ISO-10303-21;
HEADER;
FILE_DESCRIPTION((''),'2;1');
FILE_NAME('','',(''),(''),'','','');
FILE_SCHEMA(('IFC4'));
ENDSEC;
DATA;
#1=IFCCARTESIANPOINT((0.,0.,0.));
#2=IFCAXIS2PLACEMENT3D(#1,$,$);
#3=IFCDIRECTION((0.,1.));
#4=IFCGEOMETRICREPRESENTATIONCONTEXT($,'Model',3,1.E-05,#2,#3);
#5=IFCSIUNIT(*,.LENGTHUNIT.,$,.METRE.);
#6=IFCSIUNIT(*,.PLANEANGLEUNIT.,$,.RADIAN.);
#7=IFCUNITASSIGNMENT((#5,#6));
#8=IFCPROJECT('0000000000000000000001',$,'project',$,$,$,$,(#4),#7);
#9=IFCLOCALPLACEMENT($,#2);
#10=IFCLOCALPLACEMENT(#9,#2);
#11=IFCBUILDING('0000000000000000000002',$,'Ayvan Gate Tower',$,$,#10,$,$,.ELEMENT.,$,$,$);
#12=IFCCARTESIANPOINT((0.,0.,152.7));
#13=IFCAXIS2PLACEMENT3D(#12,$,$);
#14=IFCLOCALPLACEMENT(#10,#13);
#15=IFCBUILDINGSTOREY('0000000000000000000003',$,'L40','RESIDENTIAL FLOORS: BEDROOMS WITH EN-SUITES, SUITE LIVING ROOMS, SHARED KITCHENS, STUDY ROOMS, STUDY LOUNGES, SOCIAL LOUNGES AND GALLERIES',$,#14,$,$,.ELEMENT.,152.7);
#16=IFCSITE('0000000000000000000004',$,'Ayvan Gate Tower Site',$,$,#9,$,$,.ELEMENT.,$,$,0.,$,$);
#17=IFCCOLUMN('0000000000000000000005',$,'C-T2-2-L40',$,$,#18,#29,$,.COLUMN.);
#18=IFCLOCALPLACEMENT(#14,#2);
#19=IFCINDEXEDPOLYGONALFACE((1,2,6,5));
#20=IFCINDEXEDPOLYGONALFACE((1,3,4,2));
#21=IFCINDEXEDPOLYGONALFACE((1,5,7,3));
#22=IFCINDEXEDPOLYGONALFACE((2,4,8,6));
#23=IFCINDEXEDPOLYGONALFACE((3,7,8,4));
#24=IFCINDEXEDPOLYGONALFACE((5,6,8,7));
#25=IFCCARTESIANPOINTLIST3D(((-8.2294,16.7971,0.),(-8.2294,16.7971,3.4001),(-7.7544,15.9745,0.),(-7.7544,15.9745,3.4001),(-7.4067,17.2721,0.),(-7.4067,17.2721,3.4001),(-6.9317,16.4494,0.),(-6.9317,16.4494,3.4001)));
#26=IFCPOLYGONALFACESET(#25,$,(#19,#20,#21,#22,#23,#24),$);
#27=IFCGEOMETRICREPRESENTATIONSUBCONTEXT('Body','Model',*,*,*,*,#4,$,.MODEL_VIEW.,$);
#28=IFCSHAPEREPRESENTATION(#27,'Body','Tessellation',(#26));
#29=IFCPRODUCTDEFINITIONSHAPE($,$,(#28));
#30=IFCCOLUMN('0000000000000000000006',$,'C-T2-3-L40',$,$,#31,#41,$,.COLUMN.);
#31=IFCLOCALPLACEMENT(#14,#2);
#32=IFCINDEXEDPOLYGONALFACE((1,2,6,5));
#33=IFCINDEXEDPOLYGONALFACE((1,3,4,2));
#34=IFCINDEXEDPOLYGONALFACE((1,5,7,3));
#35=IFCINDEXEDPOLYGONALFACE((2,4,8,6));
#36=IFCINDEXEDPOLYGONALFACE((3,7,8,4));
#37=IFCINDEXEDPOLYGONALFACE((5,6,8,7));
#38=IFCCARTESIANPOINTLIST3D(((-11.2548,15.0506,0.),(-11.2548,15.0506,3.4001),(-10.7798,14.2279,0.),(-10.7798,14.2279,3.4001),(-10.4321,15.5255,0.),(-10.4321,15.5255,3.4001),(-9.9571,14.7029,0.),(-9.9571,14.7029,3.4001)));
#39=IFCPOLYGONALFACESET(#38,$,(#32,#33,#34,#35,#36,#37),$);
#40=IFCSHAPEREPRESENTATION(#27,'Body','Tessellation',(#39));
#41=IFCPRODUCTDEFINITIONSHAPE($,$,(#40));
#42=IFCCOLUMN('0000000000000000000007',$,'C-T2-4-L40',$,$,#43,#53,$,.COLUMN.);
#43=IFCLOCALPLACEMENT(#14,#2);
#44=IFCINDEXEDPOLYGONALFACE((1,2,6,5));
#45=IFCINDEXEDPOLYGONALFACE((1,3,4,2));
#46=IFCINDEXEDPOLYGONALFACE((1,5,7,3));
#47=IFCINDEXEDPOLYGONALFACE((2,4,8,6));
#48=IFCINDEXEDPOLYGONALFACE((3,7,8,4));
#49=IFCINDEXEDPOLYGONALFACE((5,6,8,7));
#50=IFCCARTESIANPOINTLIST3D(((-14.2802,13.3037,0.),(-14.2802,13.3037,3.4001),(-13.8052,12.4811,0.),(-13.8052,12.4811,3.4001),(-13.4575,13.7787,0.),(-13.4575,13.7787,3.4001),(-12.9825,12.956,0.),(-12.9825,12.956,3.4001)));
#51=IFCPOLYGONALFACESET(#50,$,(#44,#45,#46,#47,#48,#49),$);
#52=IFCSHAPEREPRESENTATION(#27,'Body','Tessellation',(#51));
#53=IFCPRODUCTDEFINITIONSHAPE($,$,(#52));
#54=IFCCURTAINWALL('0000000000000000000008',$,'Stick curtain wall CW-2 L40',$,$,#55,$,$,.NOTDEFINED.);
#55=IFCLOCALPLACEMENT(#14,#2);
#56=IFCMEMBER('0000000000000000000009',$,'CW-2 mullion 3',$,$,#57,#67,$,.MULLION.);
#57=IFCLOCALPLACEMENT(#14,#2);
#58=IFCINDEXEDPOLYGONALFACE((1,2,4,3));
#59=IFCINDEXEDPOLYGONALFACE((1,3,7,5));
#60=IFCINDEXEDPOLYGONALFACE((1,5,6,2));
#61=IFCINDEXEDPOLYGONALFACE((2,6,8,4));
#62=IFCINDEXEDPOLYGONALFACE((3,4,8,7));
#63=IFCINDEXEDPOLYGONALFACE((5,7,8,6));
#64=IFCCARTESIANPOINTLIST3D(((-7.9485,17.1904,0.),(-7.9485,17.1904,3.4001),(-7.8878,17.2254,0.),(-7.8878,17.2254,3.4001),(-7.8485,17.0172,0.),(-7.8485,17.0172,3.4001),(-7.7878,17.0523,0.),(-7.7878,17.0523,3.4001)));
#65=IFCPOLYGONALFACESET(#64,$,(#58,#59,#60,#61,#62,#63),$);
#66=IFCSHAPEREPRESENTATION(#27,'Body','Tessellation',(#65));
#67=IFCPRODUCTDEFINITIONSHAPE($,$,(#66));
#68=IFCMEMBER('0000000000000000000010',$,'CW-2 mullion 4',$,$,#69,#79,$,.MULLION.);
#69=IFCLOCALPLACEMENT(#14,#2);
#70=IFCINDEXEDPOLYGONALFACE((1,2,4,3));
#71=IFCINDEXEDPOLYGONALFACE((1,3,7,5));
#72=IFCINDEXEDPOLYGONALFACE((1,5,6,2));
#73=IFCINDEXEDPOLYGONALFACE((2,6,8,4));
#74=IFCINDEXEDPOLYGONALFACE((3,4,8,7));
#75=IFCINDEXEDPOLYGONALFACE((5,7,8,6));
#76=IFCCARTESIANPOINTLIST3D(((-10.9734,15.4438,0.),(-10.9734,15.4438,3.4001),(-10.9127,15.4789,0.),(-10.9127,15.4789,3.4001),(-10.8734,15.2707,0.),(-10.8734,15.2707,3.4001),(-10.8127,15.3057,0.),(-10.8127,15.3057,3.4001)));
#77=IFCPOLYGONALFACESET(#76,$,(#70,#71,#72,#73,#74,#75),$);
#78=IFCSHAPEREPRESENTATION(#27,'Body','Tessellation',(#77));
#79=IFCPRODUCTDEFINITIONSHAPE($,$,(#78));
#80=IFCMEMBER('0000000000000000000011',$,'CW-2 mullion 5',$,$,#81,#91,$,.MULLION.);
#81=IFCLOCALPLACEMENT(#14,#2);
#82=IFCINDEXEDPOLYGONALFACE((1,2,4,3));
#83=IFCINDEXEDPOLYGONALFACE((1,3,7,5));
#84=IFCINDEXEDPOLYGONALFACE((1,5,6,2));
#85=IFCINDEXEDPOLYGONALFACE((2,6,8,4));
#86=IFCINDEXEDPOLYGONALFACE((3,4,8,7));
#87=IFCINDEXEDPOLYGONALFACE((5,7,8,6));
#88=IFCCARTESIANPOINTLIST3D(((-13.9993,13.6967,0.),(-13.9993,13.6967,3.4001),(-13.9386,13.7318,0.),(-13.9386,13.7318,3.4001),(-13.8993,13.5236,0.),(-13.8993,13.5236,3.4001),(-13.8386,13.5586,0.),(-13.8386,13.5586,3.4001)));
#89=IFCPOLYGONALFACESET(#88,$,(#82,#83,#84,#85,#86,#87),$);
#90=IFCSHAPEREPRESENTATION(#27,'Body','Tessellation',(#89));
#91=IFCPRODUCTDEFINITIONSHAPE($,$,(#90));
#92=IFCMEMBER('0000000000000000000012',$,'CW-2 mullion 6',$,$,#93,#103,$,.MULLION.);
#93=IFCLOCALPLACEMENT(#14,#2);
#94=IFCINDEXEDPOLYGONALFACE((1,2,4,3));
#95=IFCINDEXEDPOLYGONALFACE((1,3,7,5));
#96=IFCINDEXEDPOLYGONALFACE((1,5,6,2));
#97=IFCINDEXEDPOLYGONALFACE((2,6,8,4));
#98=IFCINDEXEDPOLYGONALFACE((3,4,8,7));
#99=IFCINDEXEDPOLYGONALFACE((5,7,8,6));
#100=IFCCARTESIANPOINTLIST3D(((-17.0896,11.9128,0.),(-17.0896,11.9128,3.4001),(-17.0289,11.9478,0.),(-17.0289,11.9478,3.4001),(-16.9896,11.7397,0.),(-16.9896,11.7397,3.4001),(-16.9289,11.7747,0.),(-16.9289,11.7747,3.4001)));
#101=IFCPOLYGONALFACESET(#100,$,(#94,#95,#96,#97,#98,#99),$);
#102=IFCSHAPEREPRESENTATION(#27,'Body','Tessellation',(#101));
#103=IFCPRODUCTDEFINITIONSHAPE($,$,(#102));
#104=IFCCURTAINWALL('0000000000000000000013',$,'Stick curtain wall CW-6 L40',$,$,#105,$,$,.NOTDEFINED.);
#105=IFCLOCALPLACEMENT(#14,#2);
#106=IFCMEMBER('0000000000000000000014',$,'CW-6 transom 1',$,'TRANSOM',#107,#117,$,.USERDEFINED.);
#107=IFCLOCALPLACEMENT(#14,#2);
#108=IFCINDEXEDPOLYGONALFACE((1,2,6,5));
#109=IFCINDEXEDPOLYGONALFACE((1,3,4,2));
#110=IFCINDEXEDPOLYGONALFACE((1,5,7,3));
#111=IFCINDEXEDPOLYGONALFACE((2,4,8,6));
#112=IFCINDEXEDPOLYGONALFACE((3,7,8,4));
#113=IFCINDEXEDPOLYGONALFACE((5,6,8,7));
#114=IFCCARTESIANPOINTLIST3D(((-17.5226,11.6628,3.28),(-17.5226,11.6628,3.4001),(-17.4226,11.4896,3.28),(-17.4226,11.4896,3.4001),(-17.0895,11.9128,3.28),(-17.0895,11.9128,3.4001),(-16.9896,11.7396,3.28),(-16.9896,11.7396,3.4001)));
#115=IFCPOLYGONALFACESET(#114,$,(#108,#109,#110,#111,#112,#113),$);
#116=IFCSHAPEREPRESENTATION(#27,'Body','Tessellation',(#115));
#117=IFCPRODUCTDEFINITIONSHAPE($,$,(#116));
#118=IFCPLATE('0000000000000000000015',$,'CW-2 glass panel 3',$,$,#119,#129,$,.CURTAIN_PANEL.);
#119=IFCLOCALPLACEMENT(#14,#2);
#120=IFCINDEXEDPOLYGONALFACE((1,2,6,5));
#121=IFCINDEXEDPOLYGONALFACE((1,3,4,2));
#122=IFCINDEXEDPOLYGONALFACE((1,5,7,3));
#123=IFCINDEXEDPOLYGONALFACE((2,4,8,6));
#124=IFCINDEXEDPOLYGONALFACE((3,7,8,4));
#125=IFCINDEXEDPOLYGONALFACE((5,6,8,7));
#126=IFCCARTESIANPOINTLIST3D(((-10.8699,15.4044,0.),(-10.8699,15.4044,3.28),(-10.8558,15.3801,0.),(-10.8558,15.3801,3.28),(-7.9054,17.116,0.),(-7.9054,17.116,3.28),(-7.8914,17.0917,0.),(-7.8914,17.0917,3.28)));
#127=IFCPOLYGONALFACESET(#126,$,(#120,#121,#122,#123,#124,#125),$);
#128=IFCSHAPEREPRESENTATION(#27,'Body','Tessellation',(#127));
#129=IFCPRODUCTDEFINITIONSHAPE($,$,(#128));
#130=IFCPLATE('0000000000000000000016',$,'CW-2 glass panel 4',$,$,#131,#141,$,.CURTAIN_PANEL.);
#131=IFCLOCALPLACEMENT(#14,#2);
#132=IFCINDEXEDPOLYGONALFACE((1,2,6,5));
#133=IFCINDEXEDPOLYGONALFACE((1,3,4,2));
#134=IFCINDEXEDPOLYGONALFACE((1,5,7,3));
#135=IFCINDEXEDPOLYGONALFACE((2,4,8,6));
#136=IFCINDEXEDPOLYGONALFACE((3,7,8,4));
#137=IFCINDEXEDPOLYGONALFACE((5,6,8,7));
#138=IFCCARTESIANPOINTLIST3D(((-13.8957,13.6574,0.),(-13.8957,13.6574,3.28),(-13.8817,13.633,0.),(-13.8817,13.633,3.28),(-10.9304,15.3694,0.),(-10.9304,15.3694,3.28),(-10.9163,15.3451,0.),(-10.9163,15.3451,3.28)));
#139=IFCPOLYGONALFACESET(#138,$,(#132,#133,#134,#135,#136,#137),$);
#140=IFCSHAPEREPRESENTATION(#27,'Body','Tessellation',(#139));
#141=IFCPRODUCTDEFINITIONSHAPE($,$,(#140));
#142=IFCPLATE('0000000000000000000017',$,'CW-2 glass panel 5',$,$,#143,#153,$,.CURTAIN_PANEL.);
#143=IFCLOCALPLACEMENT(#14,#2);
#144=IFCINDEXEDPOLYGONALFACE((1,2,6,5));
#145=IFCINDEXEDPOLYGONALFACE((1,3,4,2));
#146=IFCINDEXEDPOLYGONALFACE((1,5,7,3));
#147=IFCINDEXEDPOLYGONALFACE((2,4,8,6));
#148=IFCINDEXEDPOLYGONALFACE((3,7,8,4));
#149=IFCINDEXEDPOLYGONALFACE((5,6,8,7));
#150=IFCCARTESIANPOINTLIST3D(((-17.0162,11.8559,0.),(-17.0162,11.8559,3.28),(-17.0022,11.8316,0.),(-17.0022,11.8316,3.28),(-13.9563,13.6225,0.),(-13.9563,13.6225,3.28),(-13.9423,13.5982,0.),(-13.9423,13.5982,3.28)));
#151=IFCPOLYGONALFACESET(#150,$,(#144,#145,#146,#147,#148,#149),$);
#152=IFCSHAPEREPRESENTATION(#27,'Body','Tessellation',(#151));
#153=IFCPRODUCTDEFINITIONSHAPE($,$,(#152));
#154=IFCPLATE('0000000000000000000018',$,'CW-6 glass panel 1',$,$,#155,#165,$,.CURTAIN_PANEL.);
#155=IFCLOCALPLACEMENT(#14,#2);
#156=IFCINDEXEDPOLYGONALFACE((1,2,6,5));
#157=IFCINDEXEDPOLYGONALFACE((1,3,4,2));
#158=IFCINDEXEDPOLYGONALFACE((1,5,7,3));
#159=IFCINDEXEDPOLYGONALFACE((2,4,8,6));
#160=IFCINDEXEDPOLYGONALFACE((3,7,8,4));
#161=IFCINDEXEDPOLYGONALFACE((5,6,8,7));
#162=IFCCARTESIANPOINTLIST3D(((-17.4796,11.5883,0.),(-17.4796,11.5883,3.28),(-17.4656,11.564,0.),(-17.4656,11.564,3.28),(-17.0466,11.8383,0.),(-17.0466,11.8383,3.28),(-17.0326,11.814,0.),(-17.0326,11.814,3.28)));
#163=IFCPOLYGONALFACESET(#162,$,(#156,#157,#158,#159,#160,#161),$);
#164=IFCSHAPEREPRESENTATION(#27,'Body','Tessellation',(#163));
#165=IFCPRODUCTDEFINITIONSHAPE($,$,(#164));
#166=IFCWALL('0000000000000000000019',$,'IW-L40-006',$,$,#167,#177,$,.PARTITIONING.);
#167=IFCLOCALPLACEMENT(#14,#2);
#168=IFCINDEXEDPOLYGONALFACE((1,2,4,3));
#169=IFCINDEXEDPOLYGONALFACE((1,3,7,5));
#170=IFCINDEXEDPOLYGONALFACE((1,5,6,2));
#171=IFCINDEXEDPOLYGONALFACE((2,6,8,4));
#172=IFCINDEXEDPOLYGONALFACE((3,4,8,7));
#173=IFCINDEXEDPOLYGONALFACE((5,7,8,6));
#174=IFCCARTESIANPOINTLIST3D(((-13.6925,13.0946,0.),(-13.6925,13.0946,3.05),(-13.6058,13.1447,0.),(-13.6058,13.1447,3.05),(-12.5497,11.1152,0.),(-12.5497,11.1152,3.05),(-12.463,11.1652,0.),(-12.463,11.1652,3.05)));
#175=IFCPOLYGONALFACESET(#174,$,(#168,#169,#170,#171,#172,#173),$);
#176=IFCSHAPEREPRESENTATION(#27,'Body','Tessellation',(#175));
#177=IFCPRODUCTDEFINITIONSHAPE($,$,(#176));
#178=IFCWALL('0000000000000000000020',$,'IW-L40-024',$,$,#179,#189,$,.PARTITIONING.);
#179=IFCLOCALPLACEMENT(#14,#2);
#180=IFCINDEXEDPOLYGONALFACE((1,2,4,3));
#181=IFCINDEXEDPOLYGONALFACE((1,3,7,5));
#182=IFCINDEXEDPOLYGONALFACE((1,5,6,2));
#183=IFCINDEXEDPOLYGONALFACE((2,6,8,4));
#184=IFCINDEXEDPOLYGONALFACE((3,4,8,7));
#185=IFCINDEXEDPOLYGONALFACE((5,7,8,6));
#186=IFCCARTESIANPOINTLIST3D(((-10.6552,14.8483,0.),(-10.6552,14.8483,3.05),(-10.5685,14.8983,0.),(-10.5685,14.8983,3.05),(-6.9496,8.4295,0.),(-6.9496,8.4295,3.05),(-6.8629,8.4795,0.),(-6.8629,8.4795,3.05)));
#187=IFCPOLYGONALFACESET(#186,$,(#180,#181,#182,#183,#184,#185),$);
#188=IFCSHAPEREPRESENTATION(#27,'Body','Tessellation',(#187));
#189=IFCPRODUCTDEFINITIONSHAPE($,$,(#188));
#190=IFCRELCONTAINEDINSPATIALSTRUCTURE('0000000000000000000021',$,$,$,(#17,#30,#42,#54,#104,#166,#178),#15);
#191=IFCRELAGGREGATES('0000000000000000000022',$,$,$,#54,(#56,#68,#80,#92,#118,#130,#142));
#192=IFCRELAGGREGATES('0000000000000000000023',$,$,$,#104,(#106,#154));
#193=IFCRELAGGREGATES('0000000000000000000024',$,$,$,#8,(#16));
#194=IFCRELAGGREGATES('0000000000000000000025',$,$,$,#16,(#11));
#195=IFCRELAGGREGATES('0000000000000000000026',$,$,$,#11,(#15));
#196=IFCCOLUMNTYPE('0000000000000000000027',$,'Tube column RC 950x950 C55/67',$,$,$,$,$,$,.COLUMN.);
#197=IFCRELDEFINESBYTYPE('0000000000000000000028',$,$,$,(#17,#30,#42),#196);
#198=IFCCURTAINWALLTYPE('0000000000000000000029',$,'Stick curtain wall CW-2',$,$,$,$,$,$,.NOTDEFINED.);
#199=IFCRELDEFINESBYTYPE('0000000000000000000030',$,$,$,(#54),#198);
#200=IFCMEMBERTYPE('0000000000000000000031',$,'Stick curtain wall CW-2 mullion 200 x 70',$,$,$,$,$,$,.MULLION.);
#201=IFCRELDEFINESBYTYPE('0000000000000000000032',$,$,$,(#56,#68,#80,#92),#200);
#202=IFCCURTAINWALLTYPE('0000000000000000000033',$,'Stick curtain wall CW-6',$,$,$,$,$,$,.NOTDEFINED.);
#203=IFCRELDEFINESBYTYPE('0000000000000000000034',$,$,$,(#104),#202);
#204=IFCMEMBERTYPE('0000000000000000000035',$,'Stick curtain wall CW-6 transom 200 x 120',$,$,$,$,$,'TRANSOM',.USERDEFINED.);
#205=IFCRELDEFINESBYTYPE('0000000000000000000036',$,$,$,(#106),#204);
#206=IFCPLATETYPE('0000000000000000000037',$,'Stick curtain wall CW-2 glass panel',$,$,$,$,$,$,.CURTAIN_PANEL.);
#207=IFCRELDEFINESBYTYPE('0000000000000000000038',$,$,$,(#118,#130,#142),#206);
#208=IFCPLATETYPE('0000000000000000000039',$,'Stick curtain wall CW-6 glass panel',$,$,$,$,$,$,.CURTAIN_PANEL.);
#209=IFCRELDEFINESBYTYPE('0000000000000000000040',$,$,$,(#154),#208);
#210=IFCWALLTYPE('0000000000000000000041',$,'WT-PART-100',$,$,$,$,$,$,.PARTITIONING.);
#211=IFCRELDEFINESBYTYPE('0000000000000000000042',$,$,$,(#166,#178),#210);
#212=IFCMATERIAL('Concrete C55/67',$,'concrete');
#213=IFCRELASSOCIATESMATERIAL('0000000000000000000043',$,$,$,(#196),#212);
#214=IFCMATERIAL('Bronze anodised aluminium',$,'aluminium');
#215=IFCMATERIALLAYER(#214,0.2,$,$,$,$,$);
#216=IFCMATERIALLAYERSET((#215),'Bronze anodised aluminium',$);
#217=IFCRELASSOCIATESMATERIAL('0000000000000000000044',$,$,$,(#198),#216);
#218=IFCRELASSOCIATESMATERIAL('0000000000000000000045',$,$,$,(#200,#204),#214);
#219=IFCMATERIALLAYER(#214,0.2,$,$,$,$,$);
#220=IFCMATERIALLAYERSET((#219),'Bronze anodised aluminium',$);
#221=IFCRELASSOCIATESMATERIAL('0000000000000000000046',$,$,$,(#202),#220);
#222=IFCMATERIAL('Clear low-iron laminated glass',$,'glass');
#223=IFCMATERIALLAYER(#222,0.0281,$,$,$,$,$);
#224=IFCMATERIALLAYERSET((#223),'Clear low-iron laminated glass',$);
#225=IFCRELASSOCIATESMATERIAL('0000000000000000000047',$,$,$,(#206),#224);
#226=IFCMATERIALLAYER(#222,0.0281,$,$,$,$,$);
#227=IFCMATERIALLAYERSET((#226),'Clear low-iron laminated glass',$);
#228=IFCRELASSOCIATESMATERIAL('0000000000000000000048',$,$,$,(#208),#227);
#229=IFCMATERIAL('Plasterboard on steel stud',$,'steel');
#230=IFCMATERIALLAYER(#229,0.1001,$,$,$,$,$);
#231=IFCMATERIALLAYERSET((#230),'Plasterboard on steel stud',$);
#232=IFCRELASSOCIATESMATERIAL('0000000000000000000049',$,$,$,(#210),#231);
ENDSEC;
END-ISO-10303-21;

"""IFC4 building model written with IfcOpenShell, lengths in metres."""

from ifc_helpers import new_model, si_unit, direction, frame, frame_2d, origin, origin_2d, place, context, subcontext, project, spatial, rectangle, extrude, material, layer, layer_set, material_profile, profile_set, type_object, element, aggregate, save


model = new_model("IFC4")

# Units and contexts
model_context = context("Model", 3, precision=1e-05, world=origin(), true_north=direction((0.0, 1.0)))
body_context = subcontext(model_context, "Body", "Model", "MODEL_VIEW")
ifc_project = project(units=[si_unit("LENGTHUNIT", "METRE"), si_unit("PLANEANGLEUNIT", "RADIAN")], contexts=[model_context])

# Site, building, storey
site_placement = place(None, origin())
site = spatial("IfcSite", under=ifc_project, at=site_placement, Name="Ayvan Gate Tower Site", CompositionType="ELEMENT", RefElevation=0.0)
building_placement = place(site_placement, origin())
building = spatial("IfcBuilding", under=site, at=building_placement, Name="Ayvan Gate Tower", CompositionType="ELEMENT")
storey_placement = place(building_placement, frame((0.0, 0.0, 152.7)))
storey = spatial("IfcBuildingStorey", under=building, at=storey_placement, Name="L40", Description="RESIDENTIAL FLOORS: BEDROOMS WITH EN-SUITES, SUITE LIVING ROOMS, SHARED KITCHENS, STUDY ROOMS, STUDY LOUNGES, SOCIAL LOUNGES AND GALLERIES", CompositionType="ELEMENT", Elevation=152.7)

# Columns
ifc_material_1 = material(Name="Concrete C55/67", Category="concrete")
ifc_material_profile_1 = material_profile(ifc_material_1, rectangle(XDim=0.95, YDim=0.95, at=origin_2d()), Name="RC 950x950")
ifc_profile_set_1 = profile_set([ifc_material_profile_1], Name="Concrete C55/67")
column_type = type_object("IfcColumnType", Name="Tube column RC 950x950 C55/67", PredefinedType="COLUMN", material=ifc_profile_set_1)
for number, where, z_axis, x_axis, name in (
    (1, (-7.5806, 16.6233, 0.0), (0.0, 0.0, 1.0), (-0.5, 0.866025, 0.0), "C-T2-2-L40"),
    (2, (-10.606, 14.8767, 0.0), (0.0, 0.0, 1.0), (-0.5, 0.866025, 0.0), "C-T2-3-L40"),
    (3, (-13.6313, 13.1299, 0.0), (0.0, 0.0, 1.0), (-0.5, 0.866025, 0.0), "C-T2-4-L40"),
):
    element("IfcColumn", number, at=place(storey_placement, frame(where, z_axis=z_axis, x_axis=x_axis)), inside=storey, type_object=column_type, Name=name, PredefinedType="COLUMN", context=body_context, shape_type="SweptSolid", body=[
        extrude(rectangle(XDim=0.95, YDim=0.95, at=origin_2d()), origin(), (0.0, 0.0, 1.0), 3.4001),
    ])

# Curtain wall, members
ifc_material_2 = material(Name="Bronze anodised aluminium", Category="aluminium")
ifc_layer_1 = layer(ifc_material_2, 0.2)
ifc_layer_set_1 = layer_set([ifc_layer_1], Name="Bronze anodised aluminium")
curtain_wall_type_1 = type_object("IfcCurtainWallType", Name="Stick curtain wall CW-2", PredefinedType="NOTDEFINED", material=ifc_layer_set_1)
curtain_wall_1_placement = place(storey_placement, origin())
curtain_wall_1 = element("IfcCurtainWall", 4, at=curtain_wall_1_placement, inside=storey, type_object=curtain_wall_type_1, Name="Stick curtain wall CW-2 L40", PredefinedType="NOTDEFINED")
ifc_material_profile_2 = material_profile(ifc_material_2, rectangle(XDim=0.2, YDim=0.0701, at=origin_2d()), Name="Stick curtain wall CW-2 mullion 200 x 70")
ifc_profile_set_2 = profile_set([ifc_material_profile_2], Name="Bronze anodised aluminium")
member_type_1 = type_object("IfcMemberType", Name="Stick curtain wall CW-2 mullion 200 x 70", PredefinedType="MULLION", material=ifc_profile_set_2)
member_1_placement = place(storey_placement, frame((-7.8682, 17.1213, 0.0), z_axis=(0.0, 0.0, 1.0), x_axis=(-0.5, 0.866025, 0.0)))
member_1 = element("IfcMember", 5, at=member_1_placement, type_object=member_type_1, Name="CW-2 mullion 3", PredefinedType="MULLION", context=body_context, shape_type="SweptSolid", body=[
    extrude(rectangle(XDim=0.2, YDim=0.0701, at=origin_2d()), origin(), (0.0, 0.0, 1.0), 3.4001),
])
member_2_placement = place(storey_placement, frame((-10.8931, 15.3748, 0.0), z_axis=(0.0, 0.0, 1.0), x_axis=(-0.5, 0.866025, 0.0)))
member_2 = element("IfcMember", 6, at=member_2_placement, type_object=member_type_1, Name="CW-2 mullion 4", PredefinedType="MULLION", context=body_context, shape_type="SweptSolid", body=[
    extrude(rectangle(XDim=0.2, YDim=0.0701, at=origin_2d()), origin(), (0.0, 0.0, 1.0), 3.4001),
])
member_3_placement = place(storey_placement, frame((-13.9189, 13.6277, 0.0), z_axis=(0.0, 0.0, 1.0), x_axis=(-0.5, 0.866025, 0.0)))
member_3 = element("IfcMember", 7, at=member_3_placement, type_object=member_type_1, Name="CW-2 mullion 5", PredefinedType="MULLION", context=body_context, shape_type="SweptSolid", body=[
    extrude(rectangle(XDim=0.2, YDim=0.0701, at=origin_2d()), origin(), (0.0, 0.0, 1.0), 3.4001),
])
member_4_placement = place(storey_placement, frame((-17.0093, 11.8438, 0.0), z_axis=(0.0, 0.0, 1.0), x_axis=(-0.5, 0.866025, 0.0)))
member_4 = element("IfcMember", 8, at=member_4_placement, type_object=member_type_1, Name="CW-2 mullion 6", PredefinedType="MULLION", context=body_context, shape_type="SweptSolid", body=[
    extrude(rectangle(XDim=0.2, YDim=0.0701, at=origin_2d()), origin(), (0.0, 0.0, 1.0), 3.4001),
])

# Curtain wall, member
ifc_layer_2 = layer(ifc_material_2, 0.2)
ifc_layer_set_2 = layer_set([ifc_layer_2], Name="Bronze anodised aluminium")
curtain_wall_type_2 = type_object("IfcCurtainWallType", Name="Stick curtain wall CW-6", PredefinedType="NOTDEFINED", material=ifc_layer_set_2)
curtain_wall_2_placement = place(storey_placement, origin())
curtain_wall_2 = element("IfcCurtainWall", 9, at=curtain_wall_2_placement, inside=storey, type_object=curtain_wall_type_2, Name="Stick curtain wall CW-6 L40", PredefinedType="NOTDEFINED")
ifc_material_profile_3 = material_profile(ifc_material_2, rectangle(XDim=0.2, YDim=0.1201, at=origin_2d()), Name="Stick curtain wall CW-6 transom 200 x 120")
ifc_profile_set_3 = profile_set([ifc_material_profile_3], Name="Bronze anodised aluminium")
member_type_2 = type_object("IfcMemberType", Name="Stick curtain wall CW-6 transom 200 x 120", ElementType="TRANSOM", PredefinedType="USERDEFINED", material=ifc_profile_set_3)
member_5_placement = place(storey_placement, frame((-17.0396, 11.8262, 3.3401), z_axis=(-0.866072, -0.49992, 0.0), x_axis=(0.49992, -0.866072, 0.0)))
member_5 = element("IfcMember", 10, at=member_5_placement, type_object=member_type_2, Name="CW-6 transom 1", ObjectType="TRANSOM", PredefinedType="USERDEFINED", context=body_context, shape_type="SweptSolid", body=[
    extrude(rectangle(XDim=0.2, YDim=0.1201, at=origin_2d()), origin(), (0.0, 0.0, 1.0), 0.5),
])

# Plates
ifc_material_3 = material(Name="Clear low-iron laminated glass", Category="glass")
ifc_layer_3 = layer(ifc_material_3, 0.0281)
ifc_layer_set_3 = layer_set([ifc_layer_3], Name="Clear low-iron laminated glass")
plate_type_1 = type_object("IfcPlateType", Name="Stick curtain wall CW-2 glass panel", PredefinedType="CURTAIN_PANEL", material=ifc_layer_set_3)
plate_1_placement = place(storey_placement, frame((-9.3806, 16.248, 0.0), z_axis=(0.0, 0.0, 1.0), x_axis=(-0.866025, -0.5, 0.0)))
plate_1 = element("IfcPlate", 11, at=plate_1_placement, type_object=plate_type_1, Name="CW-2 glass panel 3", PredefinedType="CURTAIN_PANEL", context=body_context, shape_type="SweptSolid", body=[
    extrude(rectangle(XDim=3.4231, YDim=0.0281, at=origin_2d()), origin(), (0.0, 0.0, 1.0), 3.28),
])
plate_2_placement = place(storey_placement, frame((-12.406, 14.5012, 0.0), z_axis=(0.0, 0.0, 1.0), x_axis=(-0.866025, -0.5, 0.0)))
plate_2 = element("IfcPlate", 12, at=plate_2_placement, type_object=plate_type_1, Name="CW-2 glass panel 4", PredefinedType="CURTAIN_PANEL", context=body_context, shape_type="SweptSolid", body=[
    extrude(rectangle(XDim=3.4241, YDim=0.0281, at=origin_2d()), origin(), (0.0, 0.0, 1.0), 3.28),
])
plate_3_placement = place(storey_placement, frame((-15.4792, 12.7271, 0.0), z_axis=(0.0, 0.0, 1.0), x_axis=(-0.866025, -0.5, 0.0)))
plate_3 = element("IfcPlate", 13, at=plate_3_placement, type_object=plate_type_1, Name="CW-2 glass panel 5", PredefinedType="CURTAIN_PANEL", context=body_context, shape_type="SweptSolid", body=[
    extrude(rectangle(XDim=3.5332, YDim=0.0281, at=origin_2d()), origin(), (0.0, 0.0, 1.0), 3.28),
])
aggregate(curtain_wall_1, [member_1, member_2, member_3, member_4, plate_1, plate_2, plate_3])
ifc_layer_4 = layer(ifc_material_3, 0.0281)
ifc_layer_set_4 = layer_set([ifc_layer_4], Name="Clear low-iron laminated glass")
plate_type_2 = type_object("IfcPlateType", Name="Stick curtain wall CW-6 glass panel", PredefinedType="CURTAIN_PANEL", material=ifc_layer_set_4)
plate_4_placement = place(storey_placement, frame((-17.2561, 11.7012, 0.0), z_axis=(0.0, 0.0, 1.0), x_axis=(-0.866025, -0.5, 0.0)))
plate_4 = element("IfcPlate", 14, at=plate_4_placement, type_object=plate_type_2, Name="CW-6 glass panel 1", PredefinedType="CURTAIN_PANEL", context=body_context, shape_type="SweptSolid", body=[
    extrude(rectangle(XDim=0.5, YDim=0.0281, at=origin_2d()), origin(), (0.0, 0.0, 1.0), 3.28),
])
aggregate(curtain_wall_2, [member_5, plate_4])

# Walls
ifc_material_4 = material(Name="Plasterboard on steel stud", Category="steel")
ifc_layer_5 = layer(ifc_material_4, 0.1001)
ifc_layer_set_5 = layer_set([ifc_layer_5], Name="Plasterboard on steel stud")
wall_type = type_object("IfcWallType", Name="WT-PART-100", PredefinedType="PARTITIONING", material=ifc_layer_set_5)
wall_1_placement = place(storey_placement, frame((-13.6492, 13.1196, 0.0), z_axis=(0.0, 0.0, 1.0), x_axis=(0.499988, -0.866033, 0.0)))
element("IfcWall", 15, at=wall_1_placement, inside=storey, type_object=wall_type, Name="IW-L40-006", PredefinedType="PARTITIONING", context=body_context, shape_type="SweptSolid", body=[
    extrude(rectangle(XDim=2.2856, YDim=0.1001, at=frame_2d((1.1428, 0.0))), origin(), (0.0, 0.0, 1.0), 3.05),
])
wall_2_placement = place(storey_placement, frame((-10.6118, 14.8733, 0.0), z_axis=(0.0, 0.0, 1.0), x_axis=(0.499972, -0.866041, 0.0)))
element("IfcWall", 16, at=wall_2_placement, inside=storey, type_object=wall_type, Name="IW-L40-024", PredefinedType="PARTITIONING", context=body_context, shape_type="SweptSolid", body=[
    extrude(rectangle(XDim=7.4116, YDim=0.1001, at=frame_2d((3.7058, 0.0))), origin(), (0.0, 0.0, 1.0), 3.05),
])

save(model, "model.ifc")
